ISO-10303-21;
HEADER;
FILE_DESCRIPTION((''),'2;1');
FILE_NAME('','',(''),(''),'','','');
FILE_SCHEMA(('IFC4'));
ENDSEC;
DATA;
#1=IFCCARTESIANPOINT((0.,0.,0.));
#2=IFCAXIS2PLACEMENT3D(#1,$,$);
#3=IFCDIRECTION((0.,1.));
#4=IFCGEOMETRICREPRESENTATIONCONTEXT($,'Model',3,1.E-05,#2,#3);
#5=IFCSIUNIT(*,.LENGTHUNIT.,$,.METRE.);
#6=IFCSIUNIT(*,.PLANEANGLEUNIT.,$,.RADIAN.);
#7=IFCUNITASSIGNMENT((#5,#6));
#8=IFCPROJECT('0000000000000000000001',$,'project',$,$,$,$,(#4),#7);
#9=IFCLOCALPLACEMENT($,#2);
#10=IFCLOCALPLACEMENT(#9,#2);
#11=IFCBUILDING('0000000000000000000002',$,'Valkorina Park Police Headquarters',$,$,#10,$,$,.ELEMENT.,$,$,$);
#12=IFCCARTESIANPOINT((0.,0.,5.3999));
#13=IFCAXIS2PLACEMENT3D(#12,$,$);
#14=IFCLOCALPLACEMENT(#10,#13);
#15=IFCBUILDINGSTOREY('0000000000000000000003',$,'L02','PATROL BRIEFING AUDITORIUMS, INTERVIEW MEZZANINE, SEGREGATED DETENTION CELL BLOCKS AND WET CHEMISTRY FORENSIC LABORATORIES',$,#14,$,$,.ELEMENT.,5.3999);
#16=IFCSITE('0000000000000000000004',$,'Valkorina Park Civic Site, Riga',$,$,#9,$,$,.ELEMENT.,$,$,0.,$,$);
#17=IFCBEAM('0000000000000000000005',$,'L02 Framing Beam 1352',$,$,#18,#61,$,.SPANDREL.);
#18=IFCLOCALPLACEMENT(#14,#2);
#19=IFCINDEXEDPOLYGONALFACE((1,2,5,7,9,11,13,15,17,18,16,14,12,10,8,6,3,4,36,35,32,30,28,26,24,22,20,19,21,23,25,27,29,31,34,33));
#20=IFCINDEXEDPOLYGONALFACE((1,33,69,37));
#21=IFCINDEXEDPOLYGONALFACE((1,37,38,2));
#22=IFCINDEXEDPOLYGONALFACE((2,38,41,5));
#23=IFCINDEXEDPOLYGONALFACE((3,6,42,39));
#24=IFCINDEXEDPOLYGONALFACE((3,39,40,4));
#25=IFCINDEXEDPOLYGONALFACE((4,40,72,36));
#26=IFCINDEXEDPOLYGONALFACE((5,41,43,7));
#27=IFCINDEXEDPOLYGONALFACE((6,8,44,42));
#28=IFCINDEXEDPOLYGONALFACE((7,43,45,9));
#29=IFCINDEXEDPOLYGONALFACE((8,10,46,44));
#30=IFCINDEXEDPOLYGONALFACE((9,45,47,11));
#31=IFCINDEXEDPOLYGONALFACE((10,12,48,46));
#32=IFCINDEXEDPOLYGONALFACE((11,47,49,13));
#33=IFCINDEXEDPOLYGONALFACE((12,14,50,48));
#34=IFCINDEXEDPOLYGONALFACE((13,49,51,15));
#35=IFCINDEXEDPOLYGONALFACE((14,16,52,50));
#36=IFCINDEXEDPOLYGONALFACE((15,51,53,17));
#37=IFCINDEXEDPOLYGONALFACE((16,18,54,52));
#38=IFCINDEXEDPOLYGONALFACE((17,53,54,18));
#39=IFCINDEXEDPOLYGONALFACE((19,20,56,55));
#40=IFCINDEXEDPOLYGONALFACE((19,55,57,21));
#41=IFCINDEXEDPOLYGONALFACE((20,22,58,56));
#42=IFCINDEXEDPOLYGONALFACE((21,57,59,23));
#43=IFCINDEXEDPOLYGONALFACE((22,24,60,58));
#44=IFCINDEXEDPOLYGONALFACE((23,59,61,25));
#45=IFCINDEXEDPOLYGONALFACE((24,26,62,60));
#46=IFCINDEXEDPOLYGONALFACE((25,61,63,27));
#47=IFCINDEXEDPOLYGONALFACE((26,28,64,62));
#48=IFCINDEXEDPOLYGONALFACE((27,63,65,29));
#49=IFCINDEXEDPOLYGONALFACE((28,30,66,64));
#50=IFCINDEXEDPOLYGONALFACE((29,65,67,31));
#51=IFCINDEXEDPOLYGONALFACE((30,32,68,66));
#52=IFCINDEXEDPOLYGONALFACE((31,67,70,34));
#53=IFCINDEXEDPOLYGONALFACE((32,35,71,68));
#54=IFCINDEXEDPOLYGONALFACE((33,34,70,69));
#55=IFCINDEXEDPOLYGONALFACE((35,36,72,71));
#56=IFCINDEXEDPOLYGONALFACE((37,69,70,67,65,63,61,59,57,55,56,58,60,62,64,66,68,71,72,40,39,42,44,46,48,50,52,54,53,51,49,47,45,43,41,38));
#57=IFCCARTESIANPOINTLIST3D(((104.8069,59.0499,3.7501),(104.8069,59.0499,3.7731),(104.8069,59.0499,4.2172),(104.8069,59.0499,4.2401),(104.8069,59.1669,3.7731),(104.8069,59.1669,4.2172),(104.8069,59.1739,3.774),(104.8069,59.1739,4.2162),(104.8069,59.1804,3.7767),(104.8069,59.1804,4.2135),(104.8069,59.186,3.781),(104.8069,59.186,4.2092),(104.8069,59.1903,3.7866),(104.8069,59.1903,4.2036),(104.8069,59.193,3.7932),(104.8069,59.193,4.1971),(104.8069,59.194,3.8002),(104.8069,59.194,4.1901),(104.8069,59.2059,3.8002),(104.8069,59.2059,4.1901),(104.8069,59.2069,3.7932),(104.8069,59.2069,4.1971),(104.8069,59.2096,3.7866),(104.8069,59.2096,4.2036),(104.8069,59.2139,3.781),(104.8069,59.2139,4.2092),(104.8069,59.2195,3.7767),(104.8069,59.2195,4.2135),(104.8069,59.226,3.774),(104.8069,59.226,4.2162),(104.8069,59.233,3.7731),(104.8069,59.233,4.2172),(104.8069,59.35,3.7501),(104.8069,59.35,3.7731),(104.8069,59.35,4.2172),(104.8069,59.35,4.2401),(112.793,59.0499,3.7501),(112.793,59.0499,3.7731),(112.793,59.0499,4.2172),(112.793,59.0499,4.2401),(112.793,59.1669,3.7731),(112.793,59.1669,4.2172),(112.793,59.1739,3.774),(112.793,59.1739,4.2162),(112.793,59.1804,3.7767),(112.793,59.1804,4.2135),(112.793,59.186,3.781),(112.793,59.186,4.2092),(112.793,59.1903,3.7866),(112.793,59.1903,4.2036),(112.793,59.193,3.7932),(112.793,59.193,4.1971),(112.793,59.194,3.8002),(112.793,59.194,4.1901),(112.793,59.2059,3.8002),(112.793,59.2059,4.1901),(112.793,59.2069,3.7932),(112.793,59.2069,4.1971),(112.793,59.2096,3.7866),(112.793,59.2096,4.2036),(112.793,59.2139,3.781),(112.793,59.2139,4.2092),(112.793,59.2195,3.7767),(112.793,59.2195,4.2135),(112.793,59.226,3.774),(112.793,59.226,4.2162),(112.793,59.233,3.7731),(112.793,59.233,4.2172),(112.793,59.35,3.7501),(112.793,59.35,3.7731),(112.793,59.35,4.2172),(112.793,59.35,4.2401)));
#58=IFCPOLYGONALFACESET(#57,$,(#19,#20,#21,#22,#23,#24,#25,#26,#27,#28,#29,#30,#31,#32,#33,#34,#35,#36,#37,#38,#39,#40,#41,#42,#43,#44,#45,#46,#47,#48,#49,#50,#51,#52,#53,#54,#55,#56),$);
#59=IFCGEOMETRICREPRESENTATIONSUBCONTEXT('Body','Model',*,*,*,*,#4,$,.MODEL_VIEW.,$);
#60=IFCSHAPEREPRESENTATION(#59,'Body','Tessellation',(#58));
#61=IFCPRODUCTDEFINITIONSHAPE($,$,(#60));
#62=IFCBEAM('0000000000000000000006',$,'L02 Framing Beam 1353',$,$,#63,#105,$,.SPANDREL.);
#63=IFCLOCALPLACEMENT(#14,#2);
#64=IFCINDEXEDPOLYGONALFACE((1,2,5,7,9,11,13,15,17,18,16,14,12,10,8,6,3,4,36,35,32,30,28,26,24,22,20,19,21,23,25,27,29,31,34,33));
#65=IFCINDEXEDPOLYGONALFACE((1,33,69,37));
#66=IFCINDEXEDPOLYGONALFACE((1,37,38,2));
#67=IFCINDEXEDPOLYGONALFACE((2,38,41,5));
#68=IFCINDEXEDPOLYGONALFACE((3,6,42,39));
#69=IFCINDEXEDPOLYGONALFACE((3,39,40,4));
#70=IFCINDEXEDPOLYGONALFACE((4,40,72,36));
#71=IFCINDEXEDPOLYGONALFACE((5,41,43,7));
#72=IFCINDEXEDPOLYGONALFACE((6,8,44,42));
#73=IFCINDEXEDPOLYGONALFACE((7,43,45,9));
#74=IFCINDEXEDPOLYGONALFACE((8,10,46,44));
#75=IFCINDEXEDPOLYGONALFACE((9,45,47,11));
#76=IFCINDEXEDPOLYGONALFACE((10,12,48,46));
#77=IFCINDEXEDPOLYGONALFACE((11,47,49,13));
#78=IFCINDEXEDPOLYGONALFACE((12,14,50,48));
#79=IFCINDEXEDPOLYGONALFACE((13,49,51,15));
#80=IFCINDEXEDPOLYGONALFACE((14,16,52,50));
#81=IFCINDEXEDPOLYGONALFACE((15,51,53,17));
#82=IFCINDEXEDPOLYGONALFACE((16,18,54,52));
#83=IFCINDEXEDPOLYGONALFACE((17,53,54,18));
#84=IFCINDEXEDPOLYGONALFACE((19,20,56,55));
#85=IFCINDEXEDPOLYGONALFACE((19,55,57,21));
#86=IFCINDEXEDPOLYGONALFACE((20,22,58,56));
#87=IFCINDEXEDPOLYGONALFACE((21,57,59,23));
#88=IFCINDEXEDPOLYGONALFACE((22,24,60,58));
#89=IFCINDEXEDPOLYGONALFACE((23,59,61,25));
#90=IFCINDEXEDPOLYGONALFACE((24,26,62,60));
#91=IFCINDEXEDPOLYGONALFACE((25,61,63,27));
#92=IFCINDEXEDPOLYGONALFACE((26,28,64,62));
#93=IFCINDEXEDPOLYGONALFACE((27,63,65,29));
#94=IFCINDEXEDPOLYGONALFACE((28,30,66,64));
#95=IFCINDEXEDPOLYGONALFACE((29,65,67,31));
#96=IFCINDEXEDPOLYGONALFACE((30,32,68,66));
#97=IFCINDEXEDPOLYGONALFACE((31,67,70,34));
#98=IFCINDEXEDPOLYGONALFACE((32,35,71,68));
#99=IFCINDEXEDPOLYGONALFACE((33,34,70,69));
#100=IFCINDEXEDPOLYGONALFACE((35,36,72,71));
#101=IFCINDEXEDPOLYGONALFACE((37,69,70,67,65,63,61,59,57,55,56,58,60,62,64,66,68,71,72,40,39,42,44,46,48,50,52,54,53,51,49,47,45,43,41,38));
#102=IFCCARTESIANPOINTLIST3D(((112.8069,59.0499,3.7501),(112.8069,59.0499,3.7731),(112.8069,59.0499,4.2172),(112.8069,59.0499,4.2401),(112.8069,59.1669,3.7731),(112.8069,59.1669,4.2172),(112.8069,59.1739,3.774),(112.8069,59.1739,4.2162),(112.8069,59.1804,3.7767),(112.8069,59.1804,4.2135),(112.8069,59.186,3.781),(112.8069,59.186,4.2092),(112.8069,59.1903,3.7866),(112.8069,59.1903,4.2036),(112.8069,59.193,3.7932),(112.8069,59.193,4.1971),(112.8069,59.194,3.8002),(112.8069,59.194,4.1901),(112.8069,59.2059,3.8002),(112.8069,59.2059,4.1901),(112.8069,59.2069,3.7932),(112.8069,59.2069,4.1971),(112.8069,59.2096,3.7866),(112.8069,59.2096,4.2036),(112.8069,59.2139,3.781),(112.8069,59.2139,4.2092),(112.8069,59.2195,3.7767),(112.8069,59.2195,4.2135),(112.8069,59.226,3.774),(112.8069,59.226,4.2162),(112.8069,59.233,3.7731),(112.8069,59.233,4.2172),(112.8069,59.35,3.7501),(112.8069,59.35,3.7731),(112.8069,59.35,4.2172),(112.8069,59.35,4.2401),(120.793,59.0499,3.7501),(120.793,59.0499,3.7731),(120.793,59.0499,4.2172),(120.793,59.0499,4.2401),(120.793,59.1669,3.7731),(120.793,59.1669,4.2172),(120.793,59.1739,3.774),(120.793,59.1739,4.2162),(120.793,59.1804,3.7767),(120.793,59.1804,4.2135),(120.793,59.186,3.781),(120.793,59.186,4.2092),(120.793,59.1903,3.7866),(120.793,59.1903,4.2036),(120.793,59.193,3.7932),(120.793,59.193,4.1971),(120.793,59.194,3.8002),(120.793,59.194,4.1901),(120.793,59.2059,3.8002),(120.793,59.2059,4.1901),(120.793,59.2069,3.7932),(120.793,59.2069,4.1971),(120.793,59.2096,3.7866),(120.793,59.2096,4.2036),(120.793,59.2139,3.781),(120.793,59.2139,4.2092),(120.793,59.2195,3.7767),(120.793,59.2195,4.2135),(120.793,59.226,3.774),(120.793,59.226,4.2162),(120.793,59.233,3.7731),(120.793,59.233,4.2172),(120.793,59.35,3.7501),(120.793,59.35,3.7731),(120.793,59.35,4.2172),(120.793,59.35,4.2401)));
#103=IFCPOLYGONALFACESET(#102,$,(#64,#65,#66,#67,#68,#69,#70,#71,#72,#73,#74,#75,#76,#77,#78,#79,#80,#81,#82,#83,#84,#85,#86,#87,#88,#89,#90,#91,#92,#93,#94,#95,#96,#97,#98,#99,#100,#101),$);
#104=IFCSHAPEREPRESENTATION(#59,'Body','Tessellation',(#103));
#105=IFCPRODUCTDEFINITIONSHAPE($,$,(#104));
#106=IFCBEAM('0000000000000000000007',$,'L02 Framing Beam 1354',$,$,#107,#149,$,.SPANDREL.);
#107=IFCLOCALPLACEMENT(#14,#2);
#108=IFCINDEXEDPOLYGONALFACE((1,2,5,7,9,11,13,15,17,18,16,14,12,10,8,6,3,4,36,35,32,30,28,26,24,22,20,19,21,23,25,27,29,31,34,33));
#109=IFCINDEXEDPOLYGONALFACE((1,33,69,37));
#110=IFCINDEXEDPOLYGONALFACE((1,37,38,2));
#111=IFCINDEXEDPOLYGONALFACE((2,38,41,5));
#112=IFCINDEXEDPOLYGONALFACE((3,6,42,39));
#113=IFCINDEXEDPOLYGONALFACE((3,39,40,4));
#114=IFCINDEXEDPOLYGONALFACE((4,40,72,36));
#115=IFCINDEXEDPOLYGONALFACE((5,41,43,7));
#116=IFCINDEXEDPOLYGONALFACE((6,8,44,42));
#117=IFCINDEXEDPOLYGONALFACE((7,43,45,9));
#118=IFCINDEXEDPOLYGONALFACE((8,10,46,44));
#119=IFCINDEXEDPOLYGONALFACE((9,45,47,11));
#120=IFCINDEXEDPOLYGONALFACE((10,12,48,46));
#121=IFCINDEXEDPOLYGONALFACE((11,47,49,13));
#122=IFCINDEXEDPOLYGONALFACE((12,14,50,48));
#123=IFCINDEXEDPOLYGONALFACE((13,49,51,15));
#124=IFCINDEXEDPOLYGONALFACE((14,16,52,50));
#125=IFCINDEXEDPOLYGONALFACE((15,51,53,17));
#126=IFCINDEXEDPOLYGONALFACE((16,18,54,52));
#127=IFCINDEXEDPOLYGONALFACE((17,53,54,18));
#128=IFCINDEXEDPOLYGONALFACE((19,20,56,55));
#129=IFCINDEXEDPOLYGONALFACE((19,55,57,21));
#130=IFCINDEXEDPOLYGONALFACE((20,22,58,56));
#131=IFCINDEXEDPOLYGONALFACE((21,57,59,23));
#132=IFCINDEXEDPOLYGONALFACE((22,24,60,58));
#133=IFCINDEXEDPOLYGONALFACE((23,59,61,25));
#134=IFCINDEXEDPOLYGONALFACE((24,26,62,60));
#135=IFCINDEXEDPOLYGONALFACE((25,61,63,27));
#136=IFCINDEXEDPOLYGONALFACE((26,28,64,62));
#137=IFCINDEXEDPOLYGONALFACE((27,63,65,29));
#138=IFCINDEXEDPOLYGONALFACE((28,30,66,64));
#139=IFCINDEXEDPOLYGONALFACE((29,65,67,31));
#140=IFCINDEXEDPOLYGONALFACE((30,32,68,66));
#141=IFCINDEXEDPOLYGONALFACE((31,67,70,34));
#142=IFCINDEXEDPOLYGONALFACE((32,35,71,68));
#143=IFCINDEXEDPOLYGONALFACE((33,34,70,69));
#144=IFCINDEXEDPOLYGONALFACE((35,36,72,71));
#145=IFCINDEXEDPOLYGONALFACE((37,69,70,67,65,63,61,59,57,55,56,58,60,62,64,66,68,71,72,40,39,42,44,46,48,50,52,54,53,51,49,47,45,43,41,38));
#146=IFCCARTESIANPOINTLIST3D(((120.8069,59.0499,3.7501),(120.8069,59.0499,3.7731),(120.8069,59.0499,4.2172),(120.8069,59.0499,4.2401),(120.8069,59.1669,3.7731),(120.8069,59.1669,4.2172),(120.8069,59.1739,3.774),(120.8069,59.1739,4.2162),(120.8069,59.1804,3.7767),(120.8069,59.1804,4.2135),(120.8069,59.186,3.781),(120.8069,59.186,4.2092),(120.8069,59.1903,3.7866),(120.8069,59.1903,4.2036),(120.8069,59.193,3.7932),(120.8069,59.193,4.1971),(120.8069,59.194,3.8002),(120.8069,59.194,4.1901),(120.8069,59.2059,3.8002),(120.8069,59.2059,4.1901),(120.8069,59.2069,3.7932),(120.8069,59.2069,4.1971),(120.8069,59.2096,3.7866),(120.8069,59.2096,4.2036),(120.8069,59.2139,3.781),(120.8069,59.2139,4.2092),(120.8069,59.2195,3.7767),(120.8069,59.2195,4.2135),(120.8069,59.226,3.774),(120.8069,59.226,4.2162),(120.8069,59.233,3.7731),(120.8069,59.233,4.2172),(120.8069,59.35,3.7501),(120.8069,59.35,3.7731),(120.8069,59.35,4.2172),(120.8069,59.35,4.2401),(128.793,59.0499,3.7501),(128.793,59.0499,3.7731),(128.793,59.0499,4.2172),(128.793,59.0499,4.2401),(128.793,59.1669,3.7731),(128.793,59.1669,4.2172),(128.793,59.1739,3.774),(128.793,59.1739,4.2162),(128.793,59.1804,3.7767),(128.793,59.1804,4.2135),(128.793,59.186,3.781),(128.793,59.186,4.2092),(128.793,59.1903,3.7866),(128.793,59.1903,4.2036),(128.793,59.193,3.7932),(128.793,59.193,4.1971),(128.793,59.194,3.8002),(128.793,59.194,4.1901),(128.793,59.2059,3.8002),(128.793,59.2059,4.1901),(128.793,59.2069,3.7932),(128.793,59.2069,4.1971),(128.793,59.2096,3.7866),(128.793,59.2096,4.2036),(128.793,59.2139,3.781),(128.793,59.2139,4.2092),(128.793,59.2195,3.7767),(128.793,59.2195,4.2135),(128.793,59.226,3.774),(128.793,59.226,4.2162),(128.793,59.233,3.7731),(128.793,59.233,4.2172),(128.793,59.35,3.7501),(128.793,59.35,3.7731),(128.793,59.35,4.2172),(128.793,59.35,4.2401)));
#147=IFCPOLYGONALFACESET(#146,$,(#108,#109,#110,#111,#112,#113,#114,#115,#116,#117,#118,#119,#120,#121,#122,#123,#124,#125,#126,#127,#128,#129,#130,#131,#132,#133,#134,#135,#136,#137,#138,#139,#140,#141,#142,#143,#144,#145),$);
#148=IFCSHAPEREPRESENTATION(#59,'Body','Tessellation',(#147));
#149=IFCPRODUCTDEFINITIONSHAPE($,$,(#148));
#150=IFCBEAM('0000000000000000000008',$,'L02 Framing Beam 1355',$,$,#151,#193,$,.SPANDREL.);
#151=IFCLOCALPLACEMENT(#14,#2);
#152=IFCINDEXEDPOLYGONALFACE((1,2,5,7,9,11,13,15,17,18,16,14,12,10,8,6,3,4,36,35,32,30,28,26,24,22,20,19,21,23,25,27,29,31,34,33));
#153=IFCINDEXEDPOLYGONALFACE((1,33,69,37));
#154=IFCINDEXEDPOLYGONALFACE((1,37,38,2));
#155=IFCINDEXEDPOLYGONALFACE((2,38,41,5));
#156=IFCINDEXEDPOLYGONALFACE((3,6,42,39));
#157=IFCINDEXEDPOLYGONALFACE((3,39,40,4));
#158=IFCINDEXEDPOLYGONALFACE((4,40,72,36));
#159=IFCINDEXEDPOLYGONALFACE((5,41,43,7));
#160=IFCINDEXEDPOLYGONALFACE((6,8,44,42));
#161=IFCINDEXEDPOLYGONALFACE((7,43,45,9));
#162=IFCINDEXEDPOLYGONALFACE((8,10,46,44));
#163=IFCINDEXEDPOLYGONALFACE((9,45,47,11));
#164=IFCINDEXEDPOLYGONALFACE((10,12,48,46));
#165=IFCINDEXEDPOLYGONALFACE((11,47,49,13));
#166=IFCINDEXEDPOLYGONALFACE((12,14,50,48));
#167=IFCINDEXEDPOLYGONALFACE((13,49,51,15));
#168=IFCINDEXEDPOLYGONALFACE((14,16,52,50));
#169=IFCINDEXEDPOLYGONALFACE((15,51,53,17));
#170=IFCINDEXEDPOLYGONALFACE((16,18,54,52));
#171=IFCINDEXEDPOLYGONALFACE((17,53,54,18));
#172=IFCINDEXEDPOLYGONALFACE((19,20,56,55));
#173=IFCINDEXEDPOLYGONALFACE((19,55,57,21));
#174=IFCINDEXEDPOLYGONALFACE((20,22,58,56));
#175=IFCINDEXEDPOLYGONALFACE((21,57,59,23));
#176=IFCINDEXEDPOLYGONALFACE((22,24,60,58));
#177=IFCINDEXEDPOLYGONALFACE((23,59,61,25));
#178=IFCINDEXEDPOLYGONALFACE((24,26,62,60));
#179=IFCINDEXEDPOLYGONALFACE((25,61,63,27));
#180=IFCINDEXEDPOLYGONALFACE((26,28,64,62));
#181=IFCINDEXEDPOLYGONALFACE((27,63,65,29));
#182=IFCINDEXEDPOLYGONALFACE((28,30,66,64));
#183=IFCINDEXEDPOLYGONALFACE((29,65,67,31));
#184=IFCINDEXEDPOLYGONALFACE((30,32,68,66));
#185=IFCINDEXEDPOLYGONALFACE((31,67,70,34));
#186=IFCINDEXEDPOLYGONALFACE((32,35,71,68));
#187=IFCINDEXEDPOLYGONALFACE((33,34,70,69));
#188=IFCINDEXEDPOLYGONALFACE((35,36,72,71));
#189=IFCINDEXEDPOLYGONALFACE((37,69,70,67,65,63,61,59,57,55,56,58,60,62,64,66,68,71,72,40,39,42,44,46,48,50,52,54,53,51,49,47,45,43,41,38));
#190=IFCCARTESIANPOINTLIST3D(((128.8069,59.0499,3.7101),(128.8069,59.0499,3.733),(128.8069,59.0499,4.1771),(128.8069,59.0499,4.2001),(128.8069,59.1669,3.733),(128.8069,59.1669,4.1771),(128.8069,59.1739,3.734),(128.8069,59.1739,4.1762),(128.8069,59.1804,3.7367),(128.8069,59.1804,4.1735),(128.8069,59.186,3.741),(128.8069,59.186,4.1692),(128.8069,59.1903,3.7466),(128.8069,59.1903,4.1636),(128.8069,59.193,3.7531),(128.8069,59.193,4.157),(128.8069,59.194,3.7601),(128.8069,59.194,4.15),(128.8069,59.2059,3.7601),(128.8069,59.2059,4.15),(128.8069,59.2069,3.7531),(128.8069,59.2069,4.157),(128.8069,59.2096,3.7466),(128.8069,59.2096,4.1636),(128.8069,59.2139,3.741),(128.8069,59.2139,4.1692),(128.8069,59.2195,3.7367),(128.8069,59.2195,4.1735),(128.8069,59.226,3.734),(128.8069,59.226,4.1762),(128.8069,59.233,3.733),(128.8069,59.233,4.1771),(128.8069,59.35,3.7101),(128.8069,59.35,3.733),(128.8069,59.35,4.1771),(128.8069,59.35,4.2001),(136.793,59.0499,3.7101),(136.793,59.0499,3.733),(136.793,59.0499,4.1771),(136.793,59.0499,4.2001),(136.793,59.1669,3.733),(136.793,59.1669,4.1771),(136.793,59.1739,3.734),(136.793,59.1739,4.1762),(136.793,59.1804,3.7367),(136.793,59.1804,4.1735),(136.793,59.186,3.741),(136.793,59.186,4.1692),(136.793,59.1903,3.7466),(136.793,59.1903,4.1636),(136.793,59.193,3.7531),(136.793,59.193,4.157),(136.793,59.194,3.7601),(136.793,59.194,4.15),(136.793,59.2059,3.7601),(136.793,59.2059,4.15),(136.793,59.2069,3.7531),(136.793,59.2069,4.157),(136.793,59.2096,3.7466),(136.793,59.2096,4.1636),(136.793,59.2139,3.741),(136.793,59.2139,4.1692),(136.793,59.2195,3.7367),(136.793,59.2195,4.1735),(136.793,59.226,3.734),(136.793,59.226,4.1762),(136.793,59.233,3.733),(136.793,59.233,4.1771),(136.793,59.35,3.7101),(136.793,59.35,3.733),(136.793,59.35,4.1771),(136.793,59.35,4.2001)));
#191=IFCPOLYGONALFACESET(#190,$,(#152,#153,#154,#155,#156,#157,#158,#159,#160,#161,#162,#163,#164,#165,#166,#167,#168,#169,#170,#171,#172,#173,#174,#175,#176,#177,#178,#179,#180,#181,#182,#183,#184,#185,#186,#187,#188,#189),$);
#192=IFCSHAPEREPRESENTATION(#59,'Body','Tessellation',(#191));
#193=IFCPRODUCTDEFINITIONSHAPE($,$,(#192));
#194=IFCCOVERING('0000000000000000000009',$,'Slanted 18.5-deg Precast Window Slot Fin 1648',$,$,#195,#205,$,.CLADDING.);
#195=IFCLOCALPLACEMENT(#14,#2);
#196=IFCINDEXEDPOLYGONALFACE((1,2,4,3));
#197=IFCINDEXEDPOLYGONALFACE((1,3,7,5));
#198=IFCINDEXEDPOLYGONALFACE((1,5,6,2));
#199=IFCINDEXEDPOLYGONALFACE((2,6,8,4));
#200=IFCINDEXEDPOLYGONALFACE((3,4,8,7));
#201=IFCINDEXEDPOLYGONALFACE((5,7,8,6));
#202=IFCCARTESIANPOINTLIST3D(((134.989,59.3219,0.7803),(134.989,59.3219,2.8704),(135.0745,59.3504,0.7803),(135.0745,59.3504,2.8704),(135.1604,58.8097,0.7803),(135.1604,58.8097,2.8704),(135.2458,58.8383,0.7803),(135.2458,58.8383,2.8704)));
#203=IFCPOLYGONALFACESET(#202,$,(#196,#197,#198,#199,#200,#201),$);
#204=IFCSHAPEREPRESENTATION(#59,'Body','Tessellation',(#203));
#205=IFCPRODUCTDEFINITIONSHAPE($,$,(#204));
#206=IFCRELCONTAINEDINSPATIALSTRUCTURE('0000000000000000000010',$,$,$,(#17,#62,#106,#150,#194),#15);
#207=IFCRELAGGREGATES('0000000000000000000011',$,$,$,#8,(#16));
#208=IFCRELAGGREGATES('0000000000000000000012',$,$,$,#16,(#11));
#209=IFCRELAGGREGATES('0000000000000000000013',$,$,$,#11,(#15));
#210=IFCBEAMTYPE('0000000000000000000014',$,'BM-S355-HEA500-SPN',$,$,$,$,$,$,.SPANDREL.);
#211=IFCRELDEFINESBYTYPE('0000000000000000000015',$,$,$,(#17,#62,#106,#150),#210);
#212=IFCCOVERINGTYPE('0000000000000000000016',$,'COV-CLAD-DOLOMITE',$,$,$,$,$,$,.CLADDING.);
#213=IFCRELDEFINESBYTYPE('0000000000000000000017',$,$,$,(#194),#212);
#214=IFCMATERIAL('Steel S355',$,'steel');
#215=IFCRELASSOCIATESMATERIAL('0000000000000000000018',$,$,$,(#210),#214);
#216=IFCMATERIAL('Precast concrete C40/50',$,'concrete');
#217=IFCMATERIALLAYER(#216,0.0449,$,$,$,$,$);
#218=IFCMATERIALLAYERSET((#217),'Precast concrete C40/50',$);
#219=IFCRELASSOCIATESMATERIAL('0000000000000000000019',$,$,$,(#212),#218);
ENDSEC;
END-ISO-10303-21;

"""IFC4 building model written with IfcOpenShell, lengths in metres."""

from ifc_helpers import new_model, si_unit, direction, frame, origin, origin_2d, place, context, subcontext, project, spatial, rectangle, i_section, extrude, material, layer, layer_set, material_profile, profile_set, type_object, element, save


model = new_model("IFC4")

# Units and contexts
model_context = context("Model", 3, precision=1e-05, world=origin(), true_north=direction((0.0, 1.0)))
body_context = subcontext(model_context, "Body", "Model", "MODEL_VIEW")
ifc_project = project(units=[si_unit("LENGTHUNIT", "METRE"), si_unit("PLANEANGLEUNIT", "RADIAN")], contexts=[model_context])

# Site, building, storey
site_placement = place(None, origin())
site = spatial("IfcSite", under=ifc_project, at=site_placement, Name="Valkorina Park Civic Site, Riga", CompositionType="ELEMENT", RefElevation=0.0)
building_placement = place(site_placement, origin())
building = spatial("IfcBuilding", under=site, at=building_placement, Name="Valkorina Park Police Headquarters", CompositionType="ELEMENT")
storey_placement = place(building_placement, frame((0.0, 0.0, 5.3999)))
storey = spatial("IfcBuildingStorey", under=building, at=storey_placement, Name="L02", Description="PATROL BRIEFING AUDITORIUMS, INTERVIEW MEZZANINE, SEGREGATED DETENTION CELL BLOCKS AND WET CHEMISTRY FORENSIC LABORATORIES", CompositionType="ELEMENT", Elevation=5.3999)

# Shared definitions
ifc_material_1 = material(Name="Steel S355", Category="steel")

# Beams
ifc_material_profile_1 = material_profile(ifc_material_1, i_section(OverallWidth=0.3, OverallDepth=0.49, WebThickness=0.012, FlangeThickness=0.0229, FilletRadius=0.0271, at=origin_2d()), Name="HEA 500")
ifc_profile_set_1 = profile_set([ifc_material_profile_1], Name="Steel S355")
beam_type = type_object("IfcBeamType", Name="BM-S355-HEA500-SPN", PredefinedType="SPANDREL", material=ifc_profile_set_1)
for number, where, z_axis, x_axis, name in (
    (1, (104.8069, 59.2, 3.9951), (1.0, 0.0, 0.0), (0.0, 1.0, 0.0), "L02 Framing Beam 1352"),
    (2, (112.8069, 59.2, 3.9951), (1.0, 0.0, 0.0), (0.0, 1.0, 0.0), "L02 Framing Beam 1353"),
    (3, (120.8069, 59.2, 3.9951), (1.0, 0.0, 0.0), (0.0, 1.0, 0.0), "L02 Framing Beam 1354"),
    (4, (128.8069, 59.2, 3.9551), (1.0, 0.0, 0.0), (0.0, 1.0, 0.0), "L02 Framing Beam 1355"),
):
    element("IfcBeam", number, at=place(storey_placement, frame(where, z_axis=z_axis, x_axis=x_axis)), inside=storey, type_object=beam_type, Name=name, PredefinedType="SPANDREL", context=body_context, shape_type="SweptSolid", body=[
        extrude(i_section(OverallWidth=0.3, OverallDepth=0.49, WebThickness=0.012, FlangeThickness=0.0229, FilletRadius=0.0271, at=origin_2d()), origin(), (0.0, 0.0, 1.0), 7.9861),
    ])

# Covering
ifc_material_2 = material(Name="Precast concrete C40/50", Category="concrete")
ifc_layer = layer(ifc_material_2, 0.0449)
ifc_layer_set = layer_set([ifc_layer], Name="Precast concrete C40/50")
covering_type = type_object("IfcCoveringType", Name="COV-CLAD-DOLOMITE", PredefinedType="CLADDING", material=ifc_layer_set)
for number, where, z_axis, x_axis, name in (
    (5, (135.1174, 59.0801, 0.7803), (0.0, 0.0, 1.0), (0.317305, -0.948324, 0.0), "Slanted 18.5-deg Precast Window Slot Fin 1648"),
):
    element("IfcCovering", number, at=place(storey_placement, frame(where, z_axis=z_axis, x_axis=x_axis)), inside=storey, type_object=covering_type, Name=name, PredefinedType="CLADDING", context=body_context, shape_type="SweptSolid", body=[
        extrude(rectangle(XDim=0.54, YDim=0.0901, at=origin_2d()), origin(), (0.0, 0.0, 1.0), 2.0901),
    ])

save(model, "model.ifc")
